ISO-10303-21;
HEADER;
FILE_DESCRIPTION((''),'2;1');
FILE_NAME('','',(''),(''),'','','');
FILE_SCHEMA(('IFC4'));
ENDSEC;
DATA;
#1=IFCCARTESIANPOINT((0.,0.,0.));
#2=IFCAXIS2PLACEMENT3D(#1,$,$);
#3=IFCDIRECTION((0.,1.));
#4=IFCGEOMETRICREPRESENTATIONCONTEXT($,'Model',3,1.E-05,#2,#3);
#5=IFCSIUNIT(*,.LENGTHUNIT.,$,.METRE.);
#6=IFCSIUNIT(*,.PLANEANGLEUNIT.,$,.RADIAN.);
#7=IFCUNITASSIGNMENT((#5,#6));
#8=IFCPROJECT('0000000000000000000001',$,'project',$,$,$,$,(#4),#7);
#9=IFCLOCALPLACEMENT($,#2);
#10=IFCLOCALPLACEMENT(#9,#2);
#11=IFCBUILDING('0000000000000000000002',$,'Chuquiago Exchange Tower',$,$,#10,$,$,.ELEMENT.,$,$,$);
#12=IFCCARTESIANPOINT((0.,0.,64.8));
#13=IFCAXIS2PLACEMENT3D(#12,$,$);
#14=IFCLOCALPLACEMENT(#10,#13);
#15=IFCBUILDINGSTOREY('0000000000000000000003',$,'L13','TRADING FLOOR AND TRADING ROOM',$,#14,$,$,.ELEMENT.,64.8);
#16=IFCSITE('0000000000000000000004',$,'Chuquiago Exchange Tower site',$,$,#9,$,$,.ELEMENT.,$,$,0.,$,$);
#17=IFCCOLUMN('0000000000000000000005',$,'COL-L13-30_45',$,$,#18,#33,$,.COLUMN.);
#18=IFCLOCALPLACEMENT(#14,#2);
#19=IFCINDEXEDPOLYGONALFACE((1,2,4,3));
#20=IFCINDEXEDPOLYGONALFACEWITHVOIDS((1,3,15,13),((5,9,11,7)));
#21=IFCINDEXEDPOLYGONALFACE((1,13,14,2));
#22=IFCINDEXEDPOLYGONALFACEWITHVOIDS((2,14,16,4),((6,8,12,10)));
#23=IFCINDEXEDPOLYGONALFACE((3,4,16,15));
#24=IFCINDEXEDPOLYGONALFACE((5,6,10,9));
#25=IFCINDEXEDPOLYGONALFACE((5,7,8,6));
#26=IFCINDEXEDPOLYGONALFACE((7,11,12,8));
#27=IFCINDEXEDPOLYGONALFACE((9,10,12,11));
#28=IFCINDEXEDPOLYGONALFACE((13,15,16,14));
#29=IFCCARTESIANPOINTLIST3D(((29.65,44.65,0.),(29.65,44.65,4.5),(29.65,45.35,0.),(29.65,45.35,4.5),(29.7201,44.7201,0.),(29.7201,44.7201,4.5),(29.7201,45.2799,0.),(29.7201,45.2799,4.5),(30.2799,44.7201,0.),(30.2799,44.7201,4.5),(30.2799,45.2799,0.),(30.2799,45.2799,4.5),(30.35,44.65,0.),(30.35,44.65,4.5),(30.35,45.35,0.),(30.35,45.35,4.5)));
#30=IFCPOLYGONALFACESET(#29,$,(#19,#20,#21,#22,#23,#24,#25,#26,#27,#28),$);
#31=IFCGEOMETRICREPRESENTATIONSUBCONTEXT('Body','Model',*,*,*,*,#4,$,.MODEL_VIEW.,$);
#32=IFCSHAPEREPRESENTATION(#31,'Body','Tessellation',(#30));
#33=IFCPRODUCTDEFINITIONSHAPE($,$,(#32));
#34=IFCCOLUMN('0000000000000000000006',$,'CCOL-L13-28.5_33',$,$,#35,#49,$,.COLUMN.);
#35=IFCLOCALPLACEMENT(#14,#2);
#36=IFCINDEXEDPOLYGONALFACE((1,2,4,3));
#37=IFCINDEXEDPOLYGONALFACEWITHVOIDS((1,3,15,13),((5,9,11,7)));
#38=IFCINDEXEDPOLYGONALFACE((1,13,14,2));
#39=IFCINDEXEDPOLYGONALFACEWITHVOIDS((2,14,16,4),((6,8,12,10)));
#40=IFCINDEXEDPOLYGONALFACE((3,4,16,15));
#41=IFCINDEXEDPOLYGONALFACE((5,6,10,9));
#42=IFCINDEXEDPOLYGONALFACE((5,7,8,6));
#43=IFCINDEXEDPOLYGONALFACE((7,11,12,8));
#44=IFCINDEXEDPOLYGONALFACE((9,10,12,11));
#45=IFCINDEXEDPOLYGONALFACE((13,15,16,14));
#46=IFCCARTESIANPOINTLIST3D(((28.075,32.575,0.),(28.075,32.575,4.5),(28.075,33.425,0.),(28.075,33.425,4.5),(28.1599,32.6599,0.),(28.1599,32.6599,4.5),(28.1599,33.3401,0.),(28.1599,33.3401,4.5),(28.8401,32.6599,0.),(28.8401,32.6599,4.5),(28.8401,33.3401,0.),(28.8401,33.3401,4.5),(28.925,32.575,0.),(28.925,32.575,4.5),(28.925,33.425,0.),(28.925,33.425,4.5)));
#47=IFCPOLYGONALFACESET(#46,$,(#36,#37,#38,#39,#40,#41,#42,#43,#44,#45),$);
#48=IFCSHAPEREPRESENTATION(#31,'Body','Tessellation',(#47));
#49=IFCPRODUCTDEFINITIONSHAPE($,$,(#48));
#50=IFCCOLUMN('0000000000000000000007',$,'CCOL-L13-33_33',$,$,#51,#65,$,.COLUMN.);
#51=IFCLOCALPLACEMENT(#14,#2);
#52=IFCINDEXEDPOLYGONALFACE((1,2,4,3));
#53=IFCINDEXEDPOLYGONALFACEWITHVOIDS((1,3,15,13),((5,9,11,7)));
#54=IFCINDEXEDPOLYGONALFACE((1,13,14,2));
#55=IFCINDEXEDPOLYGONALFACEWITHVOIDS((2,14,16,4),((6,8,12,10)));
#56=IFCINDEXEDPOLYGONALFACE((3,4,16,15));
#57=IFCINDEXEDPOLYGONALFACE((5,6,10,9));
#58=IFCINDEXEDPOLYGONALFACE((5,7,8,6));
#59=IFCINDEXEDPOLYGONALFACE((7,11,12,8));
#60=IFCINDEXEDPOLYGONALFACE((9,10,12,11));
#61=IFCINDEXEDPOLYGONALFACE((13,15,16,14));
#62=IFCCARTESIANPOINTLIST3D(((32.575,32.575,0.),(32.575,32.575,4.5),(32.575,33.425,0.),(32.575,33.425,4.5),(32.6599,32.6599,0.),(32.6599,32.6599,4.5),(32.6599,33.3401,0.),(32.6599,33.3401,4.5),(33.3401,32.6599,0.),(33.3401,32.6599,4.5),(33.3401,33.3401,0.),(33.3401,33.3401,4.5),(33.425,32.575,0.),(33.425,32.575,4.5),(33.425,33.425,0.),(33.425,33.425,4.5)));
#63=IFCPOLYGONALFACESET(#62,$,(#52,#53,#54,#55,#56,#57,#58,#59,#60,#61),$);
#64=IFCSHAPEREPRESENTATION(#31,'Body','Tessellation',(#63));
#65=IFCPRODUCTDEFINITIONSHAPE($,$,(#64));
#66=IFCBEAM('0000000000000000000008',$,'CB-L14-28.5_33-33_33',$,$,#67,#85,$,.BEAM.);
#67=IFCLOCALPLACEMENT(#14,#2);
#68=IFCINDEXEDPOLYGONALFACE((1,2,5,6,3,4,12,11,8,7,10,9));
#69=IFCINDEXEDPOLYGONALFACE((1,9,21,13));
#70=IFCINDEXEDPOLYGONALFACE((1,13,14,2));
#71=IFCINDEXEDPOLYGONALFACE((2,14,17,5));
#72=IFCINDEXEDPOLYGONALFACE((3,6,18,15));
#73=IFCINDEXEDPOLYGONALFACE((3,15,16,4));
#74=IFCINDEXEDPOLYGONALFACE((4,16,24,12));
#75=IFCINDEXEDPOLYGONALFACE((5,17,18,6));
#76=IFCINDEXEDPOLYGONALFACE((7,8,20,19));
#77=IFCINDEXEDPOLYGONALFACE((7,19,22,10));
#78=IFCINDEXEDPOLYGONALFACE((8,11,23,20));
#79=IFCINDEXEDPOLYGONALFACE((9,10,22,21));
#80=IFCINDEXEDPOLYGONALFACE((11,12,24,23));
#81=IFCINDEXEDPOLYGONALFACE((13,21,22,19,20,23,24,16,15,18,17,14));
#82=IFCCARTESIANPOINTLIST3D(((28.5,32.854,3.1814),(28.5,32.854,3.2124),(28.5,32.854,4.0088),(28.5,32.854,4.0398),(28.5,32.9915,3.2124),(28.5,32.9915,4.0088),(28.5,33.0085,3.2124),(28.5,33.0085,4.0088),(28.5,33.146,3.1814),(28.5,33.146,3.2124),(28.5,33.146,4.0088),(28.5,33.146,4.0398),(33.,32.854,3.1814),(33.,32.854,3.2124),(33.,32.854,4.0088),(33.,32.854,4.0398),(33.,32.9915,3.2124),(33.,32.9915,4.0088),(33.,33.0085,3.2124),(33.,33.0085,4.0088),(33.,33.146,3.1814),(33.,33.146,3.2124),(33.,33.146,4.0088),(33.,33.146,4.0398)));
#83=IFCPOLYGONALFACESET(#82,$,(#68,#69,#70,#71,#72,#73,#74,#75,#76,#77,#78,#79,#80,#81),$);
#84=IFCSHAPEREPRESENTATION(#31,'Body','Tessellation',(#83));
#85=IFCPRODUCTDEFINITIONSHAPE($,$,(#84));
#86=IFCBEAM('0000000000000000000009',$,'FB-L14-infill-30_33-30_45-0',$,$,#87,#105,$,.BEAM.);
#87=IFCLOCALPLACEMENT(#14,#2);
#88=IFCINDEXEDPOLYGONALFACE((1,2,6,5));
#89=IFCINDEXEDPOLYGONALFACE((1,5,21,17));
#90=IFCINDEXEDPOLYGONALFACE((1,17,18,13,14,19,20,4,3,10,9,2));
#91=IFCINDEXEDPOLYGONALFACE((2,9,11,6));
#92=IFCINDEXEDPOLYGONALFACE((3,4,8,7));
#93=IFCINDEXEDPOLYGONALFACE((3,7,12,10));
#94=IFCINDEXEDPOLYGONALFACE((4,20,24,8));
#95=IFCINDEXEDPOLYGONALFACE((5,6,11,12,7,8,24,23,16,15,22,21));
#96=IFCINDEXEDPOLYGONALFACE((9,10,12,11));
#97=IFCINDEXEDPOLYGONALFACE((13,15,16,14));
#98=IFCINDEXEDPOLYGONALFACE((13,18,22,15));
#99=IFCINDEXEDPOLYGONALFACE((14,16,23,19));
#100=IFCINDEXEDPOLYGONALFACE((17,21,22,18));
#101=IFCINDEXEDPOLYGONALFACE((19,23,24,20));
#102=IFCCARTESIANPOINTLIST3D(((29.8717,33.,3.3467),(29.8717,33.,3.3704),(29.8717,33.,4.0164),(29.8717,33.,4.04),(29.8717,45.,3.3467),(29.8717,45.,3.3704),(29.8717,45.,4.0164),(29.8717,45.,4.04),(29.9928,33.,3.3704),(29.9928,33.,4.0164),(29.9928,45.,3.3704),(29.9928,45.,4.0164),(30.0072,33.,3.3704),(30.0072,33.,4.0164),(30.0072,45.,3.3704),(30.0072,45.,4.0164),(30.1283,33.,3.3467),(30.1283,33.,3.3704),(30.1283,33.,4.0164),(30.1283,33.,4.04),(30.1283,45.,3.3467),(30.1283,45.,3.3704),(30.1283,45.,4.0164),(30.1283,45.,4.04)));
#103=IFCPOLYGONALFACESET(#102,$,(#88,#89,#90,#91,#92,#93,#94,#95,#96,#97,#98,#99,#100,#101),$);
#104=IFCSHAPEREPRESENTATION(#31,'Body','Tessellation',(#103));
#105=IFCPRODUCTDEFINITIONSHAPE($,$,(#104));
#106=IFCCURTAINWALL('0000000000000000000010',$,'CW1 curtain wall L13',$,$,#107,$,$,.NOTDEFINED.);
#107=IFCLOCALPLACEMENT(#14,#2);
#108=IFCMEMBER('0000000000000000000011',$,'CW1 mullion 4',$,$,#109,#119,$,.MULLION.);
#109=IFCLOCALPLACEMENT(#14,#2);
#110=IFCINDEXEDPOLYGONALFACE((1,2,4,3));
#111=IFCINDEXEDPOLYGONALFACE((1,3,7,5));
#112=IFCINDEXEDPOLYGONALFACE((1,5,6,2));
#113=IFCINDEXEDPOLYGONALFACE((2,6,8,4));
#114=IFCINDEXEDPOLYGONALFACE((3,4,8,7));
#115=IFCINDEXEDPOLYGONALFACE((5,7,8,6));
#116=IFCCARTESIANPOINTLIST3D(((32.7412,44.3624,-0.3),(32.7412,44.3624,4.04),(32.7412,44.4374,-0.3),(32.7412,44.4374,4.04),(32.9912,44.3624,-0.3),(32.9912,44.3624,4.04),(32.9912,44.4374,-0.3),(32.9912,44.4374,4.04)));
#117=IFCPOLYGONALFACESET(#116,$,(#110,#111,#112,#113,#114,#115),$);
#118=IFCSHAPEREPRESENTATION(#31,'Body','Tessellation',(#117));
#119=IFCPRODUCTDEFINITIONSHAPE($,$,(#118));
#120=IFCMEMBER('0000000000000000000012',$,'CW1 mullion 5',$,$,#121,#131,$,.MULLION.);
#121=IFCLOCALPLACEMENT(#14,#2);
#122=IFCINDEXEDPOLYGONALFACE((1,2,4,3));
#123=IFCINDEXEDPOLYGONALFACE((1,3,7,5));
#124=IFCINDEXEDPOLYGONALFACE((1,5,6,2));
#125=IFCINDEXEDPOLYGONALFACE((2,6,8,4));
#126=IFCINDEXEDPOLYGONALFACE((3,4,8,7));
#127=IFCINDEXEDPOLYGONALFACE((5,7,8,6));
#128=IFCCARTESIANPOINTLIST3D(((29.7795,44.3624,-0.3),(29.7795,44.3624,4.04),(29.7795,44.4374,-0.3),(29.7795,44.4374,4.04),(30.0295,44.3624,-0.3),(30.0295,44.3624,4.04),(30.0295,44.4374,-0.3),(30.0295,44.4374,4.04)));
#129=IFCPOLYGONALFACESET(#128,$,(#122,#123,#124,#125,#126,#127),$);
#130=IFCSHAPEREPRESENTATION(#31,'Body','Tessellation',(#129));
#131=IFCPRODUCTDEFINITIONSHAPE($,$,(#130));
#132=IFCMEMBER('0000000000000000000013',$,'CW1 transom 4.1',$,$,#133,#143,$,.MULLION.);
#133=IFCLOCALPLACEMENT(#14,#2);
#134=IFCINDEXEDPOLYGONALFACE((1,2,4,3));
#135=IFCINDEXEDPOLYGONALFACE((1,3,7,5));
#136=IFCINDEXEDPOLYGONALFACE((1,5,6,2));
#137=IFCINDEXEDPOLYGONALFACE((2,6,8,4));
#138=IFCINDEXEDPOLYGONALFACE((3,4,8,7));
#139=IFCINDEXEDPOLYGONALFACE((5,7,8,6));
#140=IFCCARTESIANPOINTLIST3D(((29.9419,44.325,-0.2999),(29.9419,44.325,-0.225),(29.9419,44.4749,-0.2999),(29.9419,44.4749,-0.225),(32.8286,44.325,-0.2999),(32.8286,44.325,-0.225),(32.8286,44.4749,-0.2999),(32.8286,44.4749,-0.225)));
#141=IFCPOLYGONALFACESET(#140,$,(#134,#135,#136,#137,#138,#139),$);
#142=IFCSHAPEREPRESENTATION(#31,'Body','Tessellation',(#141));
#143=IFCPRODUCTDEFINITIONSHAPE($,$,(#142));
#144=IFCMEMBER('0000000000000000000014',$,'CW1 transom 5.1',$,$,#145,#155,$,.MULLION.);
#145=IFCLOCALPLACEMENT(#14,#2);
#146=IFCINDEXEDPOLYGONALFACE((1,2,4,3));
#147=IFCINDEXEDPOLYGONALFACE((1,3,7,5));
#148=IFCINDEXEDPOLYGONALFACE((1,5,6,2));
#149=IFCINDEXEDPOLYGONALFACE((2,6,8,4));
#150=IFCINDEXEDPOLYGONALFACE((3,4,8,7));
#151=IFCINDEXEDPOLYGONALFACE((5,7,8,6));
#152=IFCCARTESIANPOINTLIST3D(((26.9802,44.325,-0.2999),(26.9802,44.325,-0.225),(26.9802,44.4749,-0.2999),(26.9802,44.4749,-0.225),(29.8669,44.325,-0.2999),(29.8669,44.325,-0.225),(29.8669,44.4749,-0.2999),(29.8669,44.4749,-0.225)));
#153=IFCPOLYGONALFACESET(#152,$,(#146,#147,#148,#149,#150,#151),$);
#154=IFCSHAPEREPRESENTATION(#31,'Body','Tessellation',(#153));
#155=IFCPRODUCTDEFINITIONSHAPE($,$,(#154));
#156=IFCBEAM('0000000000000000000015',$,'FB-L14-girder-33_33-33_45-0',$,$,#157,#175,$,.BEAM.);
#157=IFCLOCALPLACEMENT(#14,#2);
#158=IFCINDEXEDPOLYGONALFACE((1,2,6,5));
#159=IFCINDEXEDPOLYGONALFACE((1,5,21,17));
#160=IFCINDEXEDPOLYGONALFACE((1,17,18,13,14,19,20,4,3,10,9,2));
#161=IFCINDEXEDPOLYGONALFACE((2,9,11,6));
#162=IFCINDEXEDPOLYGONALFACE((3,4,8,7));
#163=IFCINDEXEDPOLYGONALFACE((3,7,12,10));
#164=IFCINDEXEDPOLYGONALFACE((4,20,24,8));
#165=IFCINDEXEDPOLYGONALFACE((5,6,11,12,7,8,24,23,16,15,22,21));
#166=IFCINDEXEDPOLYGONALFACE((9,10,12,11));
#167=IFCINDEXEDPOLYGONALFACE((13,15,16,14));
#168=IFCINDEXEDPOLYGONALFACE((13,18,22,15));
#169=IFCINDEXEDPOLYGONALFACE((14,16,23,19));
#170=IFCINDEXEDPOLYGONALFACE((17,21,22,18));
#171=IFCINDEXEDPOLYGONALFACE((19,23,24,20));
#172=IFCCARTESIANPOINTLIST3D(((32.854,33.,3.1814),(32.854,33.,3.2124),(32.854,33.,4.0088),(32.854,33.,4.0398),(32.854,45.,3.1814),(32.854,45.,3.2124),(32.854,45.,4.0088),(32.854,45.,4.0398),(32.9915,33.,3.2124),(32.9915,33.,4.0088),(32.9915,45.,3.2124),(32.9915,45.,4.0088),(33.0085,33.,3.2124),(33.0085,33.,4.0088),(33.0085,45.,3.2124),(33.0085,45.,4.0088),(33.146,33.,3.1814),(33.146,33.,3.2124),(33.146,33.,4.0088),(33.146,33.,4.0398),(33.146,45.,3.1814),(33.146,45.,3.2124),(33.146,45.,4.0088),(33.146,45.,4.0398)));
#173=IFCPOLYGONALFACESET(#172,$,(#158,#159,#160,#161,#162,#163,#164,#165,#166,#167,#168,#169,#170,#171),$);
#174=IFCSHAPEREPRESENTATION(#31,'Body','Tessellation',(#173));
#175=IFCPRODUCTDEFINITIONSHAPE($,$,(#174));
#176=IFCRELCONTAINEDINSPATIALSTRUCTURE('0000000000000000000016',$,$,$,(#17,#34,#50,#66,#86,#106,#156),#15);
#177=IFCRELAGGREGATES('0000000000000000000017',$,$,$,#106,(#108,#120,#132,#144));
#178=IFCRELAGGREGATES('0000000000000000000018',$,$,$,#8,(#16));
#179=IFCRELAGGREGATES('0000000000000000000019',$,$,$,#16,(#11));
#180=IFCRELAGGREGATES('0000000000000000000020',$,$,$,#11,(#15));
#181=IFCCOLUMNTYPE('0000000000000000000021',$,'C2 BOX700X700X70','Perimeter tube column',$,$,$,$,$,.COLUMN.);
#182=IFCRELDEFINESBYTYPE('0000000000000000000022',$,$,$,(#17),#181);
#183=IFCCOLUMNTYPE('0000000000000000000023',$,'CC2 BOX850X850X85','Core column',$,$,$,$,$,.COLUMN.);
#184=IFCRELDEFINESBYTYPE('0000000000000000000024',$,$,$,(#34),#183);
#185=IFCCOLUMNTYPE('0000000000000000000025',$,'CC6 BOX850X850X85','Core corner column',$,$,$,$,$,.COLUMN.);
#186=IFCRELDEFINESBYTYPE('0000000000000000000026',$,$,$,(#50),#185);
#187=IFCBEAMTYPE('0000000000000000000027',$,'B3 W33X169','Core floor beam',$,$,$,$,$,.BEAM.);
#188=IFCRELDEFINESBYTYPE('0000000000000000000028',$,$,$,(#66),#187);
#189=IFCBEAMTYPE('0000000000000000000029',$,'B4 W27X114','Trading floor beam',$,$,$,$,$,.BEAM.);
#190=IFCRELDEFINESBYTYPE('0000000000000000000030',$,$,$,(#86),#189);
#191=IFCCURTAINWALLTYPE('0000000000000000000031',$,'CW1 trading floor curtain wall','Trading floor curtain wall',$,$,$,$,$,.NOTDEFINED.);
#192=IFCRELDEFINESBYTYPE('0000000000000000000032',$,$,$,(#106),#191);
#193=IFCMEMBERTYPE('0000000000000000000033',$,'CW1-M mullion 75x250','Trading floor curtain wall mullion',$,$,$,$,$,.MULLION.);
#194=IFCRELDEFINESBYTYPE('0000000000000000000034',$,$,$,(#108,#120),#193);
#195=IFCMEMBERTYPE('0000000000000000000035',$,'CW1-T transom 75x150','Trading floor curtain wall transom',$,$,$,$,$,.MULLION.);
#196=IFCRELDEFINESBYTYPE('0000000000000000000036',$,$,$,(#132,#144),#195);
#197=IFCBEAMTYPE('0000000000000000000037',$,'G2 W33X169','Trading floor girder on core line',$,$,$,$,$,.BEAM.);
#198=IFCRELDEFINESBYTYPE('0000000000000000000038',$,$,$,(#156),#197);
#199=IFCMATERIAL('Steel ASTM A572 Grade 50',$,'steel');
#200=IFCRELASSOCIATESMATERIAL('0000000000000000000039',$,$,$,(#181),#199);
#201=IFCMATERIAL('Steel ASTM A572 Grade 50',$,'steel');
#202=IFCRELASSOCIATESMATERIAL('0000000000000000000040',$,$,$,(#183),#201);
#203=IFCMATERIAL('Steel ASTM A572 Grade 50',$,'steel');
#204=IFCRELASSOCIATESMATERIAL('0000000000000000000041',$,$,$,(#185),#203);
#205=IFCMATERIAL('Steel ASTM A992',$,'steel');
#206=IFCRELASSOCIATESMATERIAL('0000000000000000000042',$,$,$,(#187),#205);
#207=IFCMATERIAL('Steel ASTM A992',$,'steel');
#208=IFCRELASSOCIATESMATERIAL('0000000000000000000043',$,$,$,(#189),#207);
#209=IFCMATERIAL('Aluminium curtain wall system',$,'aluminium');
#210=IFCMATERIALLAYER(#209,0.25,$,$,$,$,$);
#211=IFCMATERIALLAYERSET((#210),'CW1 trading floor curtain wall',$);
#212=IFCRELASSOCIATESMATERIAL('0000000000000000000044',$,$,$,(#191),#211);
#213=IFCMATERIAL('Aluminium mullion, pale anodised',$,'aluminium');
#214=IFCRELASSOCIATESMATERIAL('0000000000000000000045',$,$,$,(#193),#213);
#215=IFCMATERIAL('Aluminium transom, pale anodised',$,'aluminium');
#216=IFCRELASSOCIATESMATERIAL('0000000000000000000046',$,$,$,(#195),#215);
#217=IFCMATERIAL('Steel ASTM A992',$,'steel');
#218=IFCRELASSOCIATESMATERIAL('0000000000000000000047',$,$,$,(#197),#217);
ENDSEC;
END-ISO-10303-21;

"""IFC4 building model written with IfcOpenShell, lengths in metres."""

from ifc_helpers import new_model, si_unit, direction, frame, origin, origin_2d, place, context, subcontext, project, spatial, rectangle, hollow_rectangle, i_section, extrude, material, layer, layer_set, material_profile, profile_set, type_object, element, aggregate, save


model = new_model("IFC4")

# Units and contexts
model_context = context("Model", 3, precision=1e-05, world=origin(), true_north=direction((0.0, 1.0)))
body_context = subcontext(model_context, "Body", "Model", "MODEL_VIEW")
ifc_project = project(units=[si_unit("LENGTHUNIT", "METRE"), si_unit("PLANEANGLEUNIT", "RADIAN")], contexts=[model_context])

# Site, building, storey
site_placement = place(None, origin())
site = spatial("IfcSite", under=ifc_project, at=site_placement, Name="Chuquiago Exchange Tower site", CompositionType="ELEMENT", RefElevation=0.0)
building_placement = place(site_placement, origin())
building = spatial("IfcBuilding", under=site, at=building_placement, Name="Chuquiago Exchange Tower", CompositionType="ELEMENT")
storey_placement = place(building_placement, frame((0.0, 0.0, 64.8)))
storey = spatial("IfcBuildingStorey", under=building, at=storey_placement, Name="L13", Description="TRADING FLOOR AND TRADING ROOM", CompositionType="ELEMENT", Elevation=64.8)

# Columns
ifc_material_1 = material(Name="Steel ASTM A572 Grade 50", Category="steel")
ifc_material_profile_1 = material_profile(ifc_material_1, hollow_rectangle(XDim=0.7, YDim=0.7, WallThickness=0.0701, at=origin_2d()), Name="BOX700X700X70")
ifc_profile_set_1 = profile_set([ifc_material_profile_1], Name="Steel ASTM A572 Grade 50")
column_type_1 = type_object("IfcColumnType", Name="C2 BOX700X700X70", Description="Perimeter tube column", PredefinedType="COLUMN", material=ifc_profile_set_1)
column_1_placement = place(storey_placement, frame((30.0, 45.0, 0.0), z_axis=(0.0, 0.0, 1.0), x_axis=(0.0, 1.0, 0.0)))
element("IfcColumn", 1, at=column_1_placement, inside=storey, type_object=column_type_1, Name="COL-L13-30_45", PredefinedType="COLUMN", context=body_context, shape_type="SweptSolid", body=[
    extrude(hollow_rectangle(XDim=0.7, YDim=0.7, WallThickness=0.0701, at=origin_2d()), origin(), (0.0, 0.0, 1.0), 4.5),
])
ifc_material_2 = material(Name="Steel ASTM A572 Grade 50", Category="steel")
ifc_material_profile_2 = material_profile(ifc_material_2, hollow_rectangle(XDim=0.8501, YDim=0.8501, WallThickness=0.085, at=origin_2d()), Name="BOX850X850X85")
ifc_profile_set_2 = profile_set([ifc_material_profile_2], Name="Steel ASTM A572 Grade 50")
column_type_2 = type_object("IfcColumnType", Name="CC2 BOX850X850X85", Description="Core column", PredefinedType="COLUMN", material=ifc_profile_set_2)
column_2_placement = place(storey_placement, frame((28.5, 33.0, 0.0), z_axis=(0.0, 0.0, 1.0), x_axis=(1.0, 0.0, 0.0)))
element("IfcColumn", 2, at=column_2_placement, inside=storey, type_object=column_type_2, Name="CCOL-L13-28.5_33", PredefinedType="COLUMN", context=body_context, shape_type="SweptSolid", body=[
    extrude(hollow_rectangle(XDim=0.8501, YDim=0.8501, WallThickness=0.085, at=origin_2d()), origin(), (0.0, 0.0, 1.0), 4.5),
])
ifc_material_3 = material(Name="Steel ASTM A572 Grade 50", Category="steel")
ifc_material_profile_3 = material_profile(ifc_material_3, hollow_rectangle(XDim=0.8501, YDim=0.8501, WallThickness=0.085, at=origin_2d()), Name="BOX850X850X85")
ifc_profile_set_3 = profile_set([ifc_material_profile_3], Name="Steel ASTM A572 Grade 50")
column_type_3 = type_object("IfcColumnType", Name="CC6 BOX850X850X85", Description="Core corner column", PredefinedType="COLUMN", material=ifc_profile_set_3)
column_3_placement = place(storey_placement, frame((33.0, 33.0, 0.0), z_axis=(0.0, 0.0, 1.0), x_axis=(1.0, 0.0, 0.0)))
element("IfcColumn", 3, at=column_3_placement, inside=storey, type_object=column_type_3, Name="CCOL-L13-33_33", PredefinedType="COLUMN", context=body_context, shape_type="SweptSolid", body=[
    extrude(hollow_rectangle(XDim=0.8501, YDim=0.8501, WallThickness=0.085, at=origin_2d()), origin(), (0.0, 0.0, 1.0), 4.5),
])

# Beams
ifc_material_4 = material(Name="Steel ASTM A992", Category="steel")
ifc_material_profile_4 = material_profile(ifc_material_4, i_section(OverallWidth=0.292, OverallDepth=0.8584, WebThickness=0.0171, FlangeThickness=0.031, at=origin_2d()), Name="W33X169")
ifc_profile_set_4 = profile_set([ifc_material_profile_4], Name="Steel ASTM A992")
beam_type_1 = type_object("IfcBeamType", Name="B3 W33X169", Description="Core floor beam", PredefinedType="BEAM", material=ifc_profile_set_4)
beam_1_placement = place(storey_placement, frame((28.5, 33.0, 3.6106), z_axis=(1.0, 0.0, 0.0), x_axis=(0.0, 1.0, 0.0)))
element("IfcBeam", 4, at=beam_1_placement, inside=storey, type_object=beam_type_1, Name="CB-L14-28.5_33-33_33", PredefinedType="BEAM", context=body_context, shape_type="SweptSolid", body=[
    extrude(i_section(OverallWidth=0.292, OverallDepth=0.8584, WebThickness=0.0171, FlangeThickness=0.031, at=origin_2d()), origin(), (0.0, 0.0, 1.0), 4.5),
])
ifc_material_5 = material(Name="Steel ASTM A992", Category="steel")
ifc_material_profile_5 = material_profile(ifc_material_5, i_section(OverallWidth=0.2566, OverallDepth=0.6934, WebThickness=0.0144, FlangeThickness=0.0237, at=origin_2d()), Name="W27X114")
ifc_profile_set_5 = profile_set([ifc_material_profile_5], Name="Steel ASTM A992")
beam_type_2 = type_object("IfcBeamType", Name="B4 W27X114", Description="Trading floor beam", PredefinedType="BEAM", material=ifc_profile_set_5)
beam_2_placement = place(storey_placement, frame((30.0, 33.0, 3.6934), z_axis=(0.0, 1.0, 0.0), x_axis=(-1.0, 0.0, 0.0)))
element("IfcBeam", 5, at=beam_2_placement, inside=storey, type_object=beam_type_2, Name="FB-L14-infill-30_33-30_45-0", PredefinedType="BEAM", context=body_context, shape_type="SweptSolid", body=[
    extrude(i_section(OverallWidth=0.2566, OverallDepth=0.6934, WebThickness=0.0144, FlangeThickness=0.0237, at=origin_2d()), origin(), (0.0, 0.0, 1.0), 12.0),
])

# Curtain wall, members
ifc_material_6 = material(Name="Aluminium curtain wall system", Category="aluminium")
ifc_layer_1 = layer(ifc_material_6, 0.25)
ifc_layer_set_1 = layer_set([ifc_layer_1], Name="CW1 trading floor curtain wall")
curtain_wall_type = type_object("IfcCurtainWallType", Name="CW1 trading floor curtain wall", Description="Trading floor curtain wall", PredefinedType="NOTDEFINED", material=ifc_layer_set_1)
curtain_wall_placement = place(storey_placement, origin())
curtain_wall = element("IfcCurtainWall", 6, at=curtain_wall_placement, inside=storey, type_object=curtain_wall_type, Name="CW1 curtain wall L13", PredefinedType="NOTDEFINED")
ifc_material_7 = material(Name="Aluminium mullion, pale anodised", Category="aluminium")
ifc_material_profile_6 = material_profile(ifc_material_7, rectangle(XDim=0.075, YDim=0.25, at=origin_2d()), Name="AL 75x250")
ifc_profile_set_6 = profile_set([ifc_material_profile_6], Name="Aluminium mullion, pale anodised")
member_type_1 = type_object("IfcMemberType", Name="CW1-M mullion 75x250", Description="Trading floor curtain wall mullion", PredefinedType="MULLION", material=ifc_profile_set_6)
member_1_placement = place(storey_placement, frame((32.8662, 44.3999, -0.3), z_axis=(0.0, 0.0, 1.0), x_axis=(0.0, -1.0, 0.0)))
member_1 = element("IfcMember", 7, at=member_1_placement, type_object=member_type_1, Name="CW1 mullion 4", PredefinedType="MULLION", context=body_context, shape_type="SweptSolid", body=[
    extrude(rectangle(XDim=0.075, YDim=0.25, at=origin_2d()), origin(), (0.0, 0.0, 1.0), 4.3401),
])
member_2_placement = place(storey_placement, frame((29.9045, 44.3999, -0.3), z_axis=(0.0, 0.0, 1.0), x_axis=(0.0, -1.0, 0.0)))
member_2 = element("IfcMember", 8, at=member_2_placement, type_object=member_type_1, Name="CW1 mullion 5", PredefinedType="MULLION", context=body_context, shape_type="SweptSolid", body=[
    extrude(rectangle(XDim=0.075, YDim=0.25, at=origin_2d()), origin(), (0.0, 0.0, 1.0), 4.3401),
])
ifc_material_8 = material(Name="Aluminium transom, pale anodised", Category="aluminium")
ifc_material_profile_7 = material_profile(ifc_material_8, rectangle(XDim=0.1499, YDim=0.075, at=origin_2d()), Name="AL 150x75")
ifc_profile_set_7 = profile_set([ifc_material_profile_7], Name="Aluminium transom, pale anodised")
member_type_2 = type_object("IfcMemberType", Name="CW1-T transom 75x150", Description="Trading floor curtain wall transom", PredefinedType="MULLION", material=ifc_profile_set_7)
member_3_placement = place(storey_placement, frame((32.8286, 44.3999, -0.2625), z_axis=(-1.0, 0.0, 0.0), x_axis=(0.0, -1.0, 0.0)))
member_3 = element("IfcMember", 9, at=member_3_placement, type_object=member_type_2, Name="CW1 transom 4.1", PredefinedType="MULLION", context=body_context, shape_type="SweptSolid", body=[
    extrude(rectangle(XDim=0.1499, YDim=0.075, at=origin_2d()), origin(), (0.0, 0.0, 1.0), 2.8867),
])
member_4_placement = place(storey_placement, frame((29.8669, 44.3999, -0.2625), z_axis=(-1.0, 0.0, 0.0), x_axis=(0.0, -1.0, 0.0)))
member_4 = element("IfcMember", 10, at=member_4_placement, type_object=member_type_2, Name="CW1 transom 5.1", PredefinedType="MULLION", context=body_context, shape_type="SweptSolid", body=[
    extrude(rectangle(XDim=0.1499, YDim=0.075, at=origin_2d()), origin(), (0.0, 0.0, 1.0), 2.8867),
])

# Beam
ifc_material_9 = material(Name="Steel ASTM A992", Category="steel")
ifc_material_profile_8 = material_profile(ifc_material_9, i_section(OverallWidth=0.292, OverallDepth=0.8584, WebThickness=0.0171, FlangeThickness=0.031, at=origin_2d()), Name="W33X169")
ifc_profile_set_8 = profile_set([ifc_material_profile_8], Name="Steel ASTM A992")
beam_type_3 = type_object("IfcBeamType", Name="G2 W33X169", Description="Trading floor girder on core line", PredefinedType="BEAM", material=ifc_profile_set_8)
for number, where, z_axis, x_axis, name in (
    (11, (33.0, 33.0, 3.6106), (0.0, 1.0, 0.0), (-1.0, 0.0, 0.0), "FB-L14-girder-33_33-33_45-0"),
):
    element("IfcBeam", number, at=place(storey_placement, frame(where, z_axis=z_axis, x_axis=x_axis)), inside=storey, type_object=beam_type_3, Name=name, PredefinedType="BEAM", context=body_context, shape_type="SweptSolid", body=[
        extrude(i_section(OverallWidth=0.292, OverallDepth=0.8584, WebThickness=0.0171, FlangeThickness=0.031, at=origin_2d()), origin(), (0.0, 0.0, 1.0), 12.0),
    ])

aggregate(curtain_wall, [member_1, member_2, member_3, member_4])

save(model, "model.ifc")
